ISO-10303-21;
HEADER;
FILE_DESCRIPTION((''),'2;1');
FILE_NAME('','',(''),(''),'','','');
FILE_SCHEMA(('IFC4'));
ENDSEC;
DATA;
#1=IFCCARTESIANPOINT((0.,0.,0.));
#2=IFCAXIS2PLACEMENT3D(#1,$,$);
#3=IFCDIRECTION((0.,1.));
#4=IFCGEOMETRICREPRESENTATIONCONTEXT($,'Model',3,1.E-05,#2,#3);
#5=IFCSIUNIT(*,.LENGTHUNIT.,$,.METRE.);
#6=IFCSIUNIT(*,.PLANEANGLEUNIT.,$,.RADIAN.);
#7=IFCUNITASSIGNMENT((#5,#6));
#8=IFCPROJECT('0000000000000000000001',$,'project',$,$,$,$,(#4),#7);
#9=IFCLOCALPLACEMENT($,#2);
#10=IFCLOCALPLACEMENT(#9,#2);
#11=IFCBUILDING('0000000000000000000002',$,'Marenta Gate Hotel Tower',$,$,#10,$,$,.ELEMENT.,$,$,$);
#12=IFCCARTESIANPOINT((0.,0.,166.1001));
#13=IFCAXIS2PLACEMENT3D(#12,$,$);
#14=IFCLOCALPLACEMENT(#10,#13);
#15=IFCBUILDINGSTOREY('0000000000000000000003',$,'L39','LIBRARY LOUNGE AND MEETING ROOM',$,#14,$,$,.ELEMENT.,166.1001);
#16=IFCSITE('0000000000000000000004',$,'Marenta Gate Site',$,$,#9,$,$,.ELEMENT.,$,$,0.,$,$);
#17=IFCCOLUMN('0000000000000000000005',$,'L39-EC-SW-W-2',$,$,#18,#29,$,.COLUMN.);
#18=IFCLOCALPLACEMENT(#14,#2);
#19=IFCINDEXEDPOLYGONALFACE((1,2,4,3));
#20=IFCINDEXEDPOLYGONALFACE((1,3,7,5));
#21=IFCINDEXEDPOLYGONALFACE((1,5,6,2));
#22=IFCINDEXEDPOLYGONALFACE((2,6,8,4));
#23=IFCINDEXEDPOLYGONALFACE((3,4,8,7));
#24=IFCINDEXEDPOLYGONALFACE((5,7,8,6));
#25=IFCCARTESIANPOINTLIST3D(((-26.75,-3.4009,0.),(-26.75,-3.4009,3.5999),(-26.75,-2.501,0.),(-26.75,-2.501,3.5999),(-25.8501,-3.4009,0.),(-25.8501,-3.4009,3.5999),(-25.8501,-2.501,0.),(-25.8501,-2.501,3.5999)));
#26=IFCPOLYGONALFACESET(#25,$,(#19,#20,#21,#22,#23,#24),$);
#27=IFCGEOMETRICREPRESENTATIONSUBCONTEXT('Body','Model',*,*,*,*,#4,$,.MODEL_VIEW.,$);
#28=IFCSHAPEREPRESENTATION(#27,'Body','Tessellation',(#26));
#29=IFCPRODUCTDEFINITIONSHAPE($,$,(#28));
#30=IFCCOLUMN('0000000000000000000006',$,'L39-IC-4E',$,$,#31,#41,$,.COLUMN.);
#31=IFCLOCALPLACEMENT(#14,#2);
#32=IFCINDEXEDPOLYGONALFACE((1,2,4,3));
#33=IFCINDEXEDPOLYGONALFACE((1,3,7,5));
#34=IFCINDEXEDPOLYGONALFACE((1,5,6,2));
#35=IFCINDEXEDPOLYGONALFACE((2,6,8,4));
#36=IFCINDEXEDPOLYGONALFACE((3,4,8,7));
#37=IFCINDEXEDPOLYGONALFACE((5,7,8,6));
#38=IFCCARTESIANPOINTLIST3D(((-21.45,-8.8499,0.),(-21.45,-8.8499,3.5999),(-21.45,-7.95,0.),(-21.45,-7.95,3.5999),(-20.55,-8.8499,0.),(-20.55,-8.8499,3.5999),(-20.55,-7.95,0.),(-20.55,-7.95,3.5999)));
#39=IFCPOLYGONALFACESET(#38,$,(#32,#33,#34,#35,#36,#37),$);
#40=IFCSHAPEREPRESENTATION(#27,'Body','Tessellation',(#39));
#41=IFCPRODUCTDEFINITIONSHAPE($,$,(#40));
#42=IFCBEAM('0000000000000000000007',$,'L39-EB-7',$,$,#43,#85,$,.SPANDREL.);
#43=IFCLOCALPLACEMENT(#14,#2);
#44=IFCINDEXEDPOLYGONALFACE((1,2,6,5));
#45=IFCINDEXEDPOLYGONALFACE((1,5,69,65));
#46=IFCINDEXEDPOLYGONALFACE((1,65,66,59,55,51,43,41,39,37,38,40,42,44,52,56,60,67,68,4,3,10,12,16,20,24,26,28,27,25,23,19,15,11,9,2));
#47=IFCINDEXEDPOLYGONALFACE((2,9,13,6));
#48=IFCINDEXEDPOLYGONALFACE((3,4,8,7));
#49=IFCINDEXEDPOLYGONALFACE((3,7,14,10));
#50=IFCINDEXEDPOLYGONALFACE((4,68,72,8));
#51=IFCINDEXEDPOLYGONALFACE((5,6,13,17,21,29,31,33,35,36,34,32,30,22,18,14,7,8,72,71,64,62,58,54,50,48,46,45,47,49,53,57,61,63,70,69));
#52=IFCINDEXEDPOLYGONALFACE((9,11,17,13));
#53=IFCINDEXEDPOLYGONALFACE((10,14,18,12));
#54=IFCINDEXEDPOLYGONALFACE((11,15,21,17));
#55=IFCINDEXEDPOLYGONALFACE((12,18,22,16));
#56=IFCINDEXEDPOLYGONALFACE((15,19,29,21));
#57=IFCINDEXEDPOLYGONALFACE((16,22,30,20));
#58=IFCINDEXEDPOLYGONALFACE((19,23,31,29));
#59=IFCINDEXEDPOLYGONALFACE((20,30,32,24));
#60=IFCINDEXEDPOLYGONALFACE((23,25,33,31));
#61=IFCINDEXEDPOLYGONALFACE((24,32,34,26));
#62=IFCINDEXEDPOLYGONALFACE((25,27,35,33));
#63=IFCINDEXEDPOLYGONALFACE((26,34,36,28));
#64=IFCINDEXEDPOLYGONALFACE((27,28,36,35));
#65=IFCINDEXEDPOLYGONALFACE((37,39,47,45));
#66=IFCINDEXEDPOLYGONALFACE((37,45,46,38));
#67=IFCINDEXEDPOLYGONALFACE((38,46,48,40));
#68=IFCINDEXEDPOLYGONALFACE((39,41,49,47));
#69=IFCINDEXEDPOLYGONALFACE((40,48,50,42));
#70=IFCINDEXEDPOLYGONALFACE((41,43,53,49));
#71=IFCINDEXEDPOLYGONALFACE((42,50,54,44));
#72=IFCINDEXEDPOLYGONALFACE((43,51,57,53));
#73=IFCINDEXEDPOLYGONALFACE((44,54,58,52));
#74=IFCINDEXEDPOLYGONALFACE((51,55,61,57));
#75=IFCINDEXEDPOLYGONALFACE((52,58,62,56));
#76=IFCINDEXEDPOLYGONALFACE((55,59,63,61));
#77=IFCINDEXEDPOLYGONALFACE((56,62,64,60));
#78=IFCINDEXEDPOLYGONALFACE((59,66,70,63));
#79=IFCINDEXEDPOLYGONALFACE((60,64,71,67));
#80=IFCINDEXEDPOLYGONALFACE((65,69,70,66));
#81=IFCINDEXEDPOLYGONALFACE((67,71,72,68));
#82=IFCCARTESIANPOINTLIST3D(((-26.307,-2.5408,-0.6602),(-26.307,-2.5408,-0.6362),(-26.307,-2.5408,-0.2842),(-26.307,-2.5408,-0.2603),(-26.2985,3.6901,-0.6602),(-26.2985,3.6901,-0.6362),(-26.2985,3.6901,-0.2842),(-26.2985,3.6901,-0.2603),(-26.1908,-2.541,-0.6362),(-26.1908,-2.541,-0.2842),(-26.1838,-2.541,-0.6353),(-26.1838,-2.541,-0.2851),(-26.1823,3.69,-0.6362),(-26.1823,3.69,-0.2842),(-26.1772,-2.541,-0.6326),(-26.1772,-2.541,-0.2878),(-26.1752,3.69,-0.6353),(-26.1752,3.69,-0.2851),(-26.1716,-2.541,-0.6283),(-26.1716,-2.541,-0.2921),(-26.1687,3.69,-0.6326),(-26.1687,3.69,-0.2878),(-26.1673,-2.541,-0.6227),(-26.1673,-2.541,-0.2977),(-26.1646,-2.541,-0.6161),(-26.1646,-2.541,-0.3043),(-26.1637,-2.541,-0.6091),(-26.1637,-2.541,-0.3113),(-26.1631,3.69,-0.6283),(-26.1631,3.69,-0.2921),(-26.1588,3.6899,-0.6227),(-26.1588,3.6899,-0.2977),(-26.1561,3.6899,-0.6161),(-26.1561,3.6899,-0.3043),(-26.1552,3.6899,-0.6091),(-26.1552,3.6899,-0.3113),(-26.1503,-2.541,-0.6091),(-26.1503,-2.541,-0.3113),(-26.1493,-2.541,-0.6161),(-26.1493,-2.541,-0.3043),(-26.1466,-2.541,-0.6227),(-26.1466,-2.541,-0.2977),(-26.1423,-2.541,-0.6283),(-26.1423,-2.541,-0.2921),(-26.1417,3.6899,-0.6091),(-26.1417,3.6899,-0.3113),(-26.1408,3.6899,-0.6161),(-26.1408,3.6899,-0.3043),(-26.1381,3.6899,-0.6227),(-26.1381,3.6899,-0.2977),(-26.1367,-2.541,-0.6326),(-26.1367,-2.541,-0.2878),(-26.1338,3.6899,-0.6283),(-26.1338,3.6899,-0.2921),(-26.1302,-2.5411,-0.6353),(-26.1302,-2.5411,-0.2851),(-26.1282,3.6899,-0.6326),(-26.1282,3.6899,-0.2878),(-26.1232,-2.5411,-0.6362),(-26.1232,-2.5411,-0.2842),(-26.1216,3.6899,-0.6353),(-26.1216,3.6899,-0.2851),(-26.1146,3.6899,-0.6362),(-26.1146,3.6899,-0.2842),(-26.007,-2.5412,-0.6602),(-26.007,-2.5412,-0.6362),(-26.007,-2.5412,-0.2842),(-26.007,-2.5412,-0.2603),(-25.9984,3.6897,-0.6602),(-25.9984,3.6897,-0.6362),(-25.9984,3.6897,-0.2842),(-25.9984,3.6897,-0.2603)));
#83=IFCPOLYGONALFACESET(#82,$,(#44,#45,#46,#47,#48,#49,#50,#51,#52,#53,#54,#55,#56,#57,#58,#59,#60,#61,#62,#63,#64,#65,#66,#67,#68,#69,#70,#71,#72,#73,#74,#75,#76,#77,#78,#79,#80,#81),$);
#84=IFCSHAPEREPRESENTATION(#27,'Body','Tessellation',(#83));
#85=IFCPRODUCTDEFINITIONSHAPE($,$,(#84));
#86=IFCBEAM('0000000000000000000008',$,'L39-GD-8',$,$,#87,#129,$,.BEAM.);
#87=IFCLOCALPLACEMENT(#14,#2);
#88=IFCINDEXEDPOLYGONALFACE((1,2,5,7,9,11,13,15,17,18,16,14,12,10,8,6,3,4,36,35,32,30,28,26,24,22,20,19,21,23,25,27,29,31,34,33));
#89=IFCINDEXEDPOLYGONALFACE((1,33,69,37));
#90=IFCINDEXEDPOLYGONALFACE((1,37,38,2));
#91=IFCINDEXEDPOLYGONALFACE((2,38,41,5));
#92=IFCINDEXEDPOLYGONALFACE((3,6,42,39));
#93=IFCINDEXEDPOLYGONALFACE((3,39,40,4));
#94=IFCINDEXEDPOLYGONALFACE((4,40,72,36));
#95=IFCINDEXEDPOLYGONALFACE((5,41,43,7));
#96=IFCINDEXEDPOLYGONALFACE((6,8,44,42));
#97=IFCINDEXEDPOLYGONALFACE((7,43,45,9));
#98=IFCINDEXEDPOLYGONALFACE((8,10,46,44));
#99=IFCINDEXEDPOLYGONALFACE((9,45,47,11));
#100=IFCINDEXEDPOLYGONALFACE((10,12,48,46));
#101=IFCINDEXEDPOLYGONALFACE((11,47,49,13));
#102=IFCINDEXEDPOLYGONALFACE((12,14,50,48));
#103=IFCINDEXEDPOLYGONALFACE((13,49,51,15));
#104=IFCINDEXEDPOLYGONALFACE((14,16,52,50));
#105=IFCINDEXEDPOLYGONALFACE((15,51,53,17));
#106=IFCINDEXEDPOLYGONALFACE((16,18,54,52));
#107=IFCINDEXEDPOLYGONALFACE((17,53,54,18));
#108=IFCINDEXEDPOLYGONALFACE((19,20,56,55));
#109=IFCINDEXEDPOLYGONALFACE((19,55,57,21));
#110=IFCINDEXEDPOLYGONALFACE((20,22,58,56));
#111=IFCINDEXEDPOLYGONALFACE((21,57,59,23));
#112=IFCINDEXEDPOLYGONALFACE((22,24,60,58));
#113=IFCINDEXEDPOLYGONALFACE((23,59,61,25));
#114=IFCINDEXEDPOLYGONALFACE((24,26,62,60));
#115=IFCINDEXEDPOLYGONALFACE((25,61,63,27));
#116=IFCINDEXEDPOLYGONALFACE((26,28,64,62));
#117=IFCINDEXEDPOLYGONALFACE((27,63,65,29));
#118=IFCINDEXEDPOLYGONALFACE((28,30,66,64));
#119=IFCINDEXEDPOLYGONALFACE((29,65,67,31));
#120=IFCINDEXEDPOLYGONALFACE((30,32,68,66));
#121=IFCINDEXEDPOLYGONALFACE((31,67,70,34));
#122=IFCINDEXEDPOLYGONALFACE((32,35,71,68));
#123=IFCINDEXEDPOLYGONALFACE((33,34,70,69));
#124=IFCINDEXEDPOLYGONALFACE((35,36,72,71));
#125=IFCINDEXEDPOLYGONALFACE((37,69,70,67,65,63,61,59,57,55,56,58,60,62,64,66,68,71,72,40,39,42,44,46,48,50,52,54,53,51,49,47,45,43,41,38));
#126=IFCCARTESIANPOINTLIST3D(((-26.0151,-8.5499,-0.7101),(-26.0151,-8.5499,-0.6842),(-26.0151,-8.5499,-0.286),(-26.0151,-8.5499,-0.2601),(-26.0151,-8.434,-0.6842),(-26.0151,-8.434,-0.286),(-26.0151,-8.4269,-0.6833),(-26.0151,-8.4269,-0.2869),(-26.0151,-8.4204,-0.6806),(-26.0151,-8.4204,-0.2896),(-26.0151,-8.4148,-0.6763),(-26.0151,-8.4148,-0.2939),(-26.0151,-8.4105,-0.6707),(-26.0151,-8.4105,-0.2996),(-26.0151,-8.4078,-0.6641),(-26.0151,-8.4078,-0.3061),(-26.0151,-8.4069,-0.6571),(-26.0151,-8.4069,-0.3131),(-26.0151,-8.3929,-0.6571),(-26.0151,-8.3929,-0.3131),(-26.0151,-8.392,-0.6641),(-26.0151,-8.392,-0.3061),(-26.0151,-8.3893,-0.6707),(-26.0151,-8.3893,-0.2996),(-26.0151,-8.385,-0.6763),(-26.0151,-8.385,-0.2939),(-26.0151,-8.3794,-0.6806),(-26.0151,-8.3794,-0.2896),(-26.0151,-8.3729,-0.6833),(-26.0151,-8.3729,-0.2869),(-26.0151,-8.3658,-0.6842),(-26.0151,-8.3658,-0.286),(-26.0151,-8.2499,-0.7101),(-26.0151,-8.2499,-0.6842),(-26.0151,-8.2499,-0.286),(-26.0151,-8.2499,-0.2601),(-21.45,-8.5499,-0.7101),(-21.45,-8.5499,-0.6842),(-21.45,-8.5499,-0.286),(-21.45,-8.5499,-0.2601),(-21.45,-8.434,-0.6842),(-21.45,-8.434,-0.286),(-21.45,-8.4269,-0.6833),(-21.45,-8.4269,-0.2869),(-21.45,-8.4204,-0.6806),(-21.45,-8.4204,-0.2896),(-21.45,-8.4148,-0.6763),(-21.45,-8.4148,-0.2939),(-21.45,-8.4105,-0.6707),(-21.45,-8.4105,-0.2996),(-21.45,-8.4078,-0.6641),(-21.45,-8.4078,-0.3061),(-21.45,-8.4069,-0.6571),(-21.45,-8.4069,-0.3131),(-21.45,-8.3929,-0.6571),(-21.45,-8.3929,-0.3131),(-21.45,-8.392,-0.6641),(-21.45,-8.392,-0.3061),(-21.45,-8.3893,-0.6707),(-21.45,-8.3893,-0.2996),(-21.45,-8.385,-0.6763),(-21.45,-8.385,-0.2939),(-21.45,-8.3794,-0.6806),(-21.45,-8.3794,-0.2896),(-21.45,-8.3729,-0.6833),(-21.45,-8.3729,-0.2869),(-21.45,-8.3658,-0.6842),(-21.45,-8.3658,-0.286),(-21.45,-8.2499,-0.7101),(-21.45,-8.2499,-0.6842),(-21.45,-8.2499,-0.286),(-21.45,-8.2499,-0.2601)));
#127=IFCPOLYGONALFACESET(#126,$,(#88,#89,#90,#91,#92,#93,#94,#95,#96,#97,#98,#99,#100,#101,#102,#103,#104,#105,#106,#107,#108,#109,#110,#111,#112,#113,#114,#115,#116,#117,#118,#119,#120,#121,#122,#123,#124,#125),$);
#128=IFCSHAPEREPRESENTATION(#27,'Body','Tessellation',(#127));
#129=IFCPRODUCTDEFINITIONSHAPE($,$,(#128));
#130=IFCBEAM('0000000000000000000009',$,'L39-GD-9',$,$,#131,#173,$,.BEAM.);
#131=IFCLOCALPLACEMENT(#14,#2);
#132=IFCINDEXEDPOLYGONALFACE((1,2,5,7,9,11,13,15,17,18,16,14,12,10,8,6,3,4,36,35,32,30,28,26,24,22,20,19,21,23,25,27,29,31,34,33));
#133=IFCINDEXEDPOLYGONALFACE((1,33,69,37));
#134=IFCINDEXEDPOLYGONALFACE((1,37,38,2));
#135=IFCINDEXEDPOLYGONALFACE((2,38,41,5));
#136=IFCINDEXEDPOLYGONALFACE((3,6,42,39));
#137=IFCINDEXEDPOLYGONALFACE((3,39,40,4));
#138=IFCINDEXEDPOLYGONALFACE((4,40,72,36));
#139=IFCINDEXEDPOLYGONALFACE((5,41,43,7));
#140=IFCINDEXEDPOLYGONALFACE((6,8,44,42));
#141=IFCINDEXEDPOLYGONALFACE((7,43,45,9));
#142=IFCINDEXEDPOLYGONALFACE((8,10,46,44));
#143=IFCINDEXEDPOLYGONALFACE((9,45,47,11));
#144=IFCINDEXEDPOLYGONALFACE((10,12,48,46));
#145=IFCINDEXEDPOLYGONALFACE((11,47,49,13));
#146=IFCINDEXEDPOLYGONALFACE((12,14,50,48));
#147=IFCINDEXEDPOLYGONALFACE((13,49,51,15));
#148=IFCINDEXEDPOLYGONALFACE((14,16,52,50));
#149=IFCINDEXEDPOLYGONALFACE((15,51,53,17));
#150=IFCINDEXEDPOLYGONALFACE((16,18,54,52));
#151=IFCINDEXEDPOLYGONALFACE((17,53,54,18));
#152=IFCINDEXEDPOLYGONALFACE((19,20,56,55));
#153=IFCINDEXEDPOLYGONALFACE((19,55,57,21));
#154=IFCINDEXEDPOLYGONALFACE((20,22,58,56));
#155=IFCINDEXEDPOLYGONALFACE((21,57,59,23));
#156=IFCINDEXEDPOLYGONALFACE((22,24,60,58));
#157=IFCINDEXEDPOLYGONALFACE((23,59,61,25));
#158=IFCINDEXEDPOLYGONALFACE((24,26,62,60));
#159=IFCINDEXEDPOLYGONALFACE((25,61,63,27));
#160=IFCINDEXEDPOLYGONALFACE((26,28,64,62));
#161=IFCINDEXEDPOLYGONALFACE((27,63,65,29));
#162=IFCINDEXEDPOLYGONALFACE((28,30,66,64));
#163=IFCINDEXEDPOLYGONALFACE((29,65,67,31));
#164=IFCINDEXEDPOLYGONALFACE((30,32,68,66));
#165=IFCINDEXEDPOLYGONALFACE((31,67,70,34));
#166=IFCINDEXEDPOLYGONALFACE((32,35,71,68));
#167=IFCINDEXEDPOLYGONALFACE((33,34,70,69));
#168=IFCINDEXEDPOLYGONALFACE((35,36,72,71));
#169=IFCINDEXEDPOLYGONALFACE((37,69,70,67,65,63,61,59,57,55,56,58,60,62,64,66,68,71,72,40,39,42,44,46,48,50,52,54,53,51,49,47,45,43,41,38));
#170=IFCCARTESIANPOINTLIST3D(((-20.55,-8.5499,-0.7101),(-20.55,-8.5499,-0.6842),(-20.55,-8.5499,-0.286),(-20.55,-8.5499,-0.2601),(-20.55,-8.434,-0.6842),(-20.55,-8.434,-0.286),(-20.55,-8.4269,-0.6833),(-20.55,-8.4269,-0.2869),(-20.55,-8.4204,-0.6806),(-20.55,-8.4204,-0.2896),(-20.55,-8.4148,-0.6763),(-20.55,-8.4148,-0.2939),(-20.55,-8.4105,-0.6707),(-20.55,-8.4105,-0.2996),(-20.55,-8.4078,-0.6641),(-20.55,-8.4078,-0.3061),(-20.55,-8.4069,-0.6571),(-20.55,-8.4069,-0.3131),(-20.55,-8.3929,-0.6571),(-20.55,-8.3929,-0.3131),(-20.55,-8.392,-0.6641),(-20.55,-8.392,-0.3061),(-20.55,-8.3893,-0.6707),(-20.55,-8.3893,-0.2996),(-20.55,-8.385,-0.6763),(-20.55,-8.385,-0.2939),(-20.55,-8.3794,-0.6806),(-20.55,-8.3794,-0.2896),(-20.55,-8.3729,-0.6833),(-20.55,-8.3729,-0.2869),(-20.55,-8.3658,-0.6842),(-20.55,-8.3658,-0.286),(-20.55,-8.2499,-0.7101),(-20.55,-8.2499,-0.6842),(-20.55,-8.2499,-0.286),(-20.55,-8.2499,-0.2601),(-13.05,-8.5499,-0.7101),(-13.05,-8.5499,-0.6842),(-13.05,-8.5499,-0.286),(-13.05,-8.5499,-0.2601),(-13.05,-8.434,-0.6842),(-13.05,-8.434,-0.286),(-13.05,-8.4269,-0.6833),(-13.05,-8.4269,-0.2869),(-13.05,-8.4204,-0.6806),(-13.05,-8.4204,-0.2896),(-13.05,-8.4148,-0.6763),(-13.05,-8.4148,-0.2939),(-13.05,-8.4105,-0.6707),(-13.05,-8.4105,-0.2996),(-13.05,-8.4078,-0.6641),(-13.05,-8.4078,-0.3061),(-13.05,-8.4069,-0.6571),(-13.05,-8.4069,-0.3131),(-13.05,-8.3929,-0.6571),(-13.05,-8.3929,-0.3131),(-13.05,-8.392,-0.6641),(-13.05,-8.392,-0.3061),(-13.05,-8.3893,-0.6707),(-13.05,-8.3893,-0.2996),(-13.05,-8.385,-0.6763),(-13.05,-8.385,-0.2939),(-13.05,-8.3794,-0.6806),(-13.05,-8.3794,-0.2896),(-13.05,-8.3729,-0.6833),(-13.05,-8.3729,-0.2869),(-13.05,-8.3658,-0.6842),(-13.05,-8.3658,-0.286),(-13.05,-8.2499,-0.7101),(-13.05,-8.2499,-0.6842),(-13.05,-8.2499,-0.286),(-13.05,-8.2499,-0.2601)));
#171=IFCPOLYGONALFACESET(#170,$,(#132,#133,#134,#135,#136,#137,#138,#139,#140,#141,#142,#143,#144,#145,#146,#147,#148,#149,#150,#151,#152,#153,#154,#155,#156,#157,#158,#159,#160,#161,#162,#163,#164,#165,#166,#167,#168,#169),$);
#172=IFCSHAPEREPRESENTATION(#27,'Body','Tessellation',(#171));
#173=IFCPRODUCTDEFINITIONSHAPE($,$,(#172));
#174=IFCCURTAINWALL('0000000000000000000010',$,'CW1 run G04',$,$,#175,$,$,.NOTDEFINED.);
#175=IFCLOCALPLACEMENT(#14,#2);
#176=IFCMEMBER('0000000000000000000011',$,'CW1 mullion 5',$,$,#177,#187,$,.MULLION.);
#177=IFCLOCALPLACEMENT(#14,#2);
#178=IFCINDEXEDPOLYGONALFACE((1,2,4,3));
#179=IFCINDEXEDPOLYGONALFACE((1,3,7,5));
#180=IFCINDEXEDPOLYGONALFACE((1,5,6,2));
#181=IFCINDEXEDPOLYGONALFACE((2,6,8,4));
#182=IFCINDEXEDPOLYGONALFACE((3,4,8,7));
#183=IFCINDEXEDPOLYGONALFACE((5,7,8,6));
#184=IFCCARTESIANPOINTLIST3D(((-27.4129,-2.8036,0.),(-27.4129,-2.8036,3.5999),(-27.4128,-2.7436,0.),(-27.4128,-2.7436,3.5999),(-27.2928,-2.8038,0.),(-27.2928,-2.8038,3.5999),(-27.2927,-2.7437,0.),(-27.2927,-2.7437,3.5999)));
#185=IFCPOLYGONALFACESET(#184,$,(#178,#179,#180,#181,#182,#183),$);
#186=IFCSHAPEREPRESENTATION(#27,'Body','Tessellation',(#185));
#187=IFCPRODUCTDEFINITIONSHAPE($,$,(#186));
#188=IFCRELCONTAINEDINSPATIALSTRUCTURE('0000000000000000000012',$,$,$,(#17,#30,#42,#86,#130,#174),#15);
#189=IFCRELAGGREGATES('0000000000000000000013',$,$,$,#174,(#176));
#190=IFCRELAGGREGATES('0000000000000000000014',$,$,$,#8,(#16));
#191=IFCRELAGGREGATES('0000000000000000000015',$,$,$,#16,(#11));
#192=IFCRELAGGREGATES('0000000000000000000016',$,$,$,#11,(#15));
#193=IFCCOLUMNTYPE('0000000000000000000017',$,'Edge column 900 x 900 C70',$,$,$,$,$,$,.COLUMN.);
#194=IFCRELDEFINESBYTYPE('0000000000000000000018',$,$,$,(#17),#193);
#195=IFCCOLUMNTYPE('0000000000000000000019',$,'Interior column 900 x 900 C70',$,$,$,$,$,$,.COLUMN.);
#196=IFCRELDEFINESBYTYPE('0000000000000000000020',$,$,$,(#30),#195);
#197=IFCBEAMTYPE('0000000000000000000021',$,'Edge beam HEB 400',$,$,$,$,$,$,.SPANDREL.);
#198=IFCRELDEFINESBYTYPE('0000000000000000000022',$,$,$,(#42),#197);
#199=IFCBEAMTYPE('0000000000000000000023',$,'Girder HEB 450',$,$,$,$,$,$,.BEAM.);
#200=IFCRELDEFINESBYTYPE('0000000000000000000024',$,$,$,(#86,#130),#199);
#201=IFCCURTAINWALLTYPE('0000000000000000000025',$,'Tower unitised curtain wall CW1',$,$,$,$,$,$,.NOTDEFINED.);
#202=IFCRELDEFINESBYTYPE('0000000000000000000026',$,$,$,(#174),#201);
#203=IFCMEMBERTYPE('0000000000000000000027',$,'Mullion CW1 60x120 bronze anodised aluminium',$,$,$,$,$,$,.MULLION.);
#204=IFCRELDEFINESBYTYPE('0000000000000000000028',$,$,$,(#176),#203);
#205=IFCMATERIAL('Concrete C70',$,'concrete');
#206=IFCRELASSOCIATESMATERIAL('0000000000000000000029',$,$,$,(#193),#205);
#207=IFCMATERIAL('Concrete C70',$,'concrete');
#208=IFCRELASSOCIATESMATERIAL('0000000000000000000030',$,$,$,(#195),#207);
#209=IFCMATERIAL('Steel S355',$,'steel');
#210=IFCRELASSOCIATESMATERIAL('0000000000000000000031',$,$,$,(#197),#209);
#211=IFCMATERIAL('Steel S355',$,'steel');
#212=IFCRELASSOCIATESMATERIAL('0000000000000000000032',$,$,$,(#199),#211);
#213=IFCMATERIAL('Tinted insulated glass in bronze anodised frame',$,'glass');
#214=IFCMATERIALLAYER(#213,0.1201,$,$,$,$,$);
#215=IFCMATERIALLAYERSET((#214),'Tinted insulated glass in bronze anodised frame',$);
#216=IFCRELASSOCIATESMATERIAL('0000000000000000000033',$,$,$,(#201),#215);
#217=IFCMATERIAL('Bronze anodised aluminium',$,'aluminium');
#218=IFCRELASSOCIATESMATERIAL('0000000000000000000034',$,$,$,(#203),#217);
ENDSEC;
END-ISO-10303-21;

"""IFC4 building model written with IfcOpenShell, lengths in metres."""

from ifc_helpers import new_model, si_unit, direction, frame, origin, origin_2d, place, context, subcontext, project, spatial, rectangle, i_section, extrude, material, layer, layer_set, material_profile, profile_set, type_object, element, aggregate, save


model = new_model("IFC4")

# Units and contexts
model_context = context("Model", 3, precision=1e-05, world=origin(), true_north=direction((0.0, 1.0)))
body_context = subcontext(model_context, "Body", "Model", "MODEL_VIEW")
ifc_project = project(units=[si_unit("LENGTHUNIT", "METRE"), si_unit("PLANEANGLEUNIT", "RADIAN")], contexts=[model_context])

# Site, building, storey
site_placement = place(None, origin())
site = spatial("IfcSite", under=ifc_project, at=site_placement, Name="Marenta Gate Site", CompositionType="ELEMENT", RefElevation=0.0)
building_placement = place(site_placement, origin())
building = spatial("IfcBuilding", under=site, at=building_placement, Name="Marenta Gate Hotel Tower", CompositionType="ELEMENT")
storey_placement = place(building_placement, frame((0.0, 0.0, 166.1001)))
storey = spatial("IfcBuildingStorey", under=building, at=storey_placement, Name="L39", Description="LIBRARY LOUNGE AND MEETING ROOM", CompositionType="ELEMENT", Elevation=166.1001)

# Columns
ifc_material_1 = material(Name="Concrete C70", Category="concrete")
ifc_material_profile_1 = material_profile(ifc_material_1, rectangle(XDim=0.8999, YDim=0.8999, at=origin_2d()), Name="900 x 900")
ifc_profile_set_1 = profile_set([ifc_material_profile_1], Name="Concrete C70")
column_type_1 = type_object("IfcColumnType", Name="Edge column 900 x 900 C70", PredefinedType="COLUMN", material=ifc_profile_set_1)
column_1_placement = place(storey_placement, frame((-26.3, -2.9509, 0.0), z_axis=(0.0, 0.0, 1.0), x_axis=(1.0, 0.0, 0.0)))
element("IfcColumn", 1, at=column_1_placement, inside=storey, type_object=column_type_1, Name="L39-EC-SW-W-2", PredefinedType="COLUMN", context=body_context, shape_type="SweptSolid", body=[
    extrude(rectangle(XDim=0.8999, YDim=0.8999, at=origin_2d()), origin(), (0.0, 0.0, 1.0), 3.5999),
])
ifc_material_2 = material(Name="Concrete C70", Category="concrete")
ifc_material_profile_2 = material_profile(ifc_material_2, rectangle(XDim=0.8999, YDim=0.8999, at=origin_2d()), Name="900 x 900")
ifc_profile_set_2 = profile_set([ifc_material_profile_2], Name="Concrete C70")
column_type_2 = type_object("IfcColumnType", Name="Interior column 900 x 900 C70", PredefinedType="COLUMN", material=ifc_profile_set_2)
column_2_placement = place(storey_placement, frame((-21.0, -8.3999, 0.0), z_axis=(0.0, 0.0, 1.0), x_axis=(1.0, 0.0, 0.0)))
element("IfcColumn", 2, at=column_2_placement, inside=storey, type_object=column_type_2, Name="L39-IC-4E", PredefinedType="COLUMN", context=body_context, shape_type="SweptSolid", body=[
    extrude(rectangle(XDim=0.8999, YDim=0.8999, at=origin_2d()), origin(), (0.0, 0.0, 1.0), 3.5999),
])

# Beams
ifc_material_3 = material(Name="Steel S355", Category="steel")
ifc_material_profile_3 = material_profile(ifc_material_3, i_section(OverallWidth=0.3, OverallDepth=0.3999, WebThickness=0.0134, FlangeThickness=0.0239, FilletRadius=0.0271, at=origin_2d()), Name="HEB 400")
ifc_profile_set_3 = profile_set([ifc_material_profile_3], Name="Steel S355")
beam_type_1 = type_object("IfcBeamType", Name="Edge beam HEB 400", PredefinedType="SPANDREL", material=ifc_profile_set_3)
beam_1_placement = place(storey_placement, frame((-26.157, -2.541, -0.4602), z_axis=(0.001371, 0.999999, 0.0), x_axis=(-0.999999, 0.001371, 0.0)))
element("IfcBeam", 3, at=beam_1_placement, inside=storey, type_object=beam_type_1, Name="L39-EB-7", PredefinedType="SPANDREL", context=body_context, shape_type="SweptSolid", body=[
    extrude(i_section(OverallWidth=0.3, OverallDepth=0.3999, WebThickness=0.0134, FlangeThickness=0.0239, FilletRadius=0.0271, at=origin_2d()), origin(), (0.0, 0.0, 1.0), 6.231),
])
ifc_material_4 = material(Name="Steel S355", Category="steel")
ifc_material_profile_4 = material_profile(ifc_material_4, i_section(OverallWidth=0.3, OverallDepth=0.45, WebThickness=0.0139, FlangeThickness=0.0259, FilletRadius=0.0271, at=origin_2d()), Name="HEB 450")
ifc_profile_set_4 = profile_set([ifc_material_profile_4], Name="Steel S355")
beam_type_2 = type_object("IfcBeamType", Name="Girder HEB 450", PredefinedType="BEAM", material=ifc_profile_set_4)
beam_2_placement = place(storey_placement, frame((-26.0151, -8.3999, -0.4851), z_axis=(1.0, 0.0, 0.0), x_axis=(0.0, 1.0, 0.0)))
element("IfcBeam", 4, at=beam_2_placement, inside=storey, type_object=beam_type_2, Name="L39-GD-8", PredefinedType="BEAM", context=body_context, shape_type="SweptSolid", body=[
    extrude(i_section(OverallWidth=0.3, OverallDepth=0.45, WebThickness=0.0139, FlangeThickness=0.0259, FilletRadius=0.0271, at=origin_2d()), origin(), (0.0, 0.0, 1.0), 4.5652),
])
beam_3_placement = place(storey_placement, frame((-20.55, -8.3999, -0.4851), z_axis=(1.0, 0.0, 0.0), x_axis=(0.0, 1.0, 0.0)))
element("IfcBeam", 5, at=beam_3_placement, inside=storey, type_object=beam_type_2, Name="L39-GD-9", PredefinedType="BEAM", context=body_context, shape_type="SweptSolid", body=[
    extrude(i_section(OverallWidth=0.3, OverallDepth=0.45, WebThickness=0.0139, FlangeThickness=0.0259, FilletRadius=0.0271, at=origin_2d()), origin(), (0.0, 0.0, 1.0), 7.5),
])

# Curtain wall, member
ifc_material_5 = material(Name="Tinted insulated glass in bronze anodised frame", Category="glass")
ifc_layer_1 = layer(ifc_material_5, 0.1201)
ifc_layer_set_1 = layer_set([ifc_layer_1], Name="Tinted insulated glass in bronze anodised frame")
curtain_wall_type = type_object("IfcCurtainWallType", Name="Tower unitised curtain wall CW1", PredefinedType="NOTDEFINED", material=ifc_layer_set_1)
curtain_wall_placement = place(storey_placement, origin())
curtain_wall = element("IfcCurtainWall", 6, at=curtain_wall_placement, inside=storey, type_object=curtain_wall_type, Name="CW1 run G04", PredefinedType="NOTDEFINED")
ifc_material_6 = material(Name="Bronze anodised aluminium", Category="aluminium")
ifc_material_profile_5 = material_profile(ifc_material_6, rectangle(XDim=0.1201, YDim=0.0601, at=origin_2d()), Name="Mullion CW1 60x120 bronze anodised aluminium")
ifc_profile_set_5 = profile_set([ifc_material_profile_5], Name="Bronze anodised aluminium")
member_type_1 = type_object("IfcMemberType", Name="Mullion CW1 60x120 bronze anodised aluminium", PredefinedType="MULLION", material=ifc_profile_set_5)
member_1_placement = place(storey_placement, frame((-27.3528, -2.7737, 0.0), z_axis=(0.0, 0.0, 1.0), x_axis=(0.999999, -0.001566, 0.0)))
member_1 = element("IfcMember", 7, at=member_1_placement, type_object=member_type_1, Name="CW1 mullion 5", PredefinedType="MULLION", context=body_context, shape_type="SweptSolid", body=[
    extrude(rectangle(XDim=0.1201, YDim=0.0601, at=origin_2d()), origin(), (0.0, 0.0, 1.0), 3.5999),
])
aggregate(curtain_wall, [member_1])

save(model, "model.ifc")
